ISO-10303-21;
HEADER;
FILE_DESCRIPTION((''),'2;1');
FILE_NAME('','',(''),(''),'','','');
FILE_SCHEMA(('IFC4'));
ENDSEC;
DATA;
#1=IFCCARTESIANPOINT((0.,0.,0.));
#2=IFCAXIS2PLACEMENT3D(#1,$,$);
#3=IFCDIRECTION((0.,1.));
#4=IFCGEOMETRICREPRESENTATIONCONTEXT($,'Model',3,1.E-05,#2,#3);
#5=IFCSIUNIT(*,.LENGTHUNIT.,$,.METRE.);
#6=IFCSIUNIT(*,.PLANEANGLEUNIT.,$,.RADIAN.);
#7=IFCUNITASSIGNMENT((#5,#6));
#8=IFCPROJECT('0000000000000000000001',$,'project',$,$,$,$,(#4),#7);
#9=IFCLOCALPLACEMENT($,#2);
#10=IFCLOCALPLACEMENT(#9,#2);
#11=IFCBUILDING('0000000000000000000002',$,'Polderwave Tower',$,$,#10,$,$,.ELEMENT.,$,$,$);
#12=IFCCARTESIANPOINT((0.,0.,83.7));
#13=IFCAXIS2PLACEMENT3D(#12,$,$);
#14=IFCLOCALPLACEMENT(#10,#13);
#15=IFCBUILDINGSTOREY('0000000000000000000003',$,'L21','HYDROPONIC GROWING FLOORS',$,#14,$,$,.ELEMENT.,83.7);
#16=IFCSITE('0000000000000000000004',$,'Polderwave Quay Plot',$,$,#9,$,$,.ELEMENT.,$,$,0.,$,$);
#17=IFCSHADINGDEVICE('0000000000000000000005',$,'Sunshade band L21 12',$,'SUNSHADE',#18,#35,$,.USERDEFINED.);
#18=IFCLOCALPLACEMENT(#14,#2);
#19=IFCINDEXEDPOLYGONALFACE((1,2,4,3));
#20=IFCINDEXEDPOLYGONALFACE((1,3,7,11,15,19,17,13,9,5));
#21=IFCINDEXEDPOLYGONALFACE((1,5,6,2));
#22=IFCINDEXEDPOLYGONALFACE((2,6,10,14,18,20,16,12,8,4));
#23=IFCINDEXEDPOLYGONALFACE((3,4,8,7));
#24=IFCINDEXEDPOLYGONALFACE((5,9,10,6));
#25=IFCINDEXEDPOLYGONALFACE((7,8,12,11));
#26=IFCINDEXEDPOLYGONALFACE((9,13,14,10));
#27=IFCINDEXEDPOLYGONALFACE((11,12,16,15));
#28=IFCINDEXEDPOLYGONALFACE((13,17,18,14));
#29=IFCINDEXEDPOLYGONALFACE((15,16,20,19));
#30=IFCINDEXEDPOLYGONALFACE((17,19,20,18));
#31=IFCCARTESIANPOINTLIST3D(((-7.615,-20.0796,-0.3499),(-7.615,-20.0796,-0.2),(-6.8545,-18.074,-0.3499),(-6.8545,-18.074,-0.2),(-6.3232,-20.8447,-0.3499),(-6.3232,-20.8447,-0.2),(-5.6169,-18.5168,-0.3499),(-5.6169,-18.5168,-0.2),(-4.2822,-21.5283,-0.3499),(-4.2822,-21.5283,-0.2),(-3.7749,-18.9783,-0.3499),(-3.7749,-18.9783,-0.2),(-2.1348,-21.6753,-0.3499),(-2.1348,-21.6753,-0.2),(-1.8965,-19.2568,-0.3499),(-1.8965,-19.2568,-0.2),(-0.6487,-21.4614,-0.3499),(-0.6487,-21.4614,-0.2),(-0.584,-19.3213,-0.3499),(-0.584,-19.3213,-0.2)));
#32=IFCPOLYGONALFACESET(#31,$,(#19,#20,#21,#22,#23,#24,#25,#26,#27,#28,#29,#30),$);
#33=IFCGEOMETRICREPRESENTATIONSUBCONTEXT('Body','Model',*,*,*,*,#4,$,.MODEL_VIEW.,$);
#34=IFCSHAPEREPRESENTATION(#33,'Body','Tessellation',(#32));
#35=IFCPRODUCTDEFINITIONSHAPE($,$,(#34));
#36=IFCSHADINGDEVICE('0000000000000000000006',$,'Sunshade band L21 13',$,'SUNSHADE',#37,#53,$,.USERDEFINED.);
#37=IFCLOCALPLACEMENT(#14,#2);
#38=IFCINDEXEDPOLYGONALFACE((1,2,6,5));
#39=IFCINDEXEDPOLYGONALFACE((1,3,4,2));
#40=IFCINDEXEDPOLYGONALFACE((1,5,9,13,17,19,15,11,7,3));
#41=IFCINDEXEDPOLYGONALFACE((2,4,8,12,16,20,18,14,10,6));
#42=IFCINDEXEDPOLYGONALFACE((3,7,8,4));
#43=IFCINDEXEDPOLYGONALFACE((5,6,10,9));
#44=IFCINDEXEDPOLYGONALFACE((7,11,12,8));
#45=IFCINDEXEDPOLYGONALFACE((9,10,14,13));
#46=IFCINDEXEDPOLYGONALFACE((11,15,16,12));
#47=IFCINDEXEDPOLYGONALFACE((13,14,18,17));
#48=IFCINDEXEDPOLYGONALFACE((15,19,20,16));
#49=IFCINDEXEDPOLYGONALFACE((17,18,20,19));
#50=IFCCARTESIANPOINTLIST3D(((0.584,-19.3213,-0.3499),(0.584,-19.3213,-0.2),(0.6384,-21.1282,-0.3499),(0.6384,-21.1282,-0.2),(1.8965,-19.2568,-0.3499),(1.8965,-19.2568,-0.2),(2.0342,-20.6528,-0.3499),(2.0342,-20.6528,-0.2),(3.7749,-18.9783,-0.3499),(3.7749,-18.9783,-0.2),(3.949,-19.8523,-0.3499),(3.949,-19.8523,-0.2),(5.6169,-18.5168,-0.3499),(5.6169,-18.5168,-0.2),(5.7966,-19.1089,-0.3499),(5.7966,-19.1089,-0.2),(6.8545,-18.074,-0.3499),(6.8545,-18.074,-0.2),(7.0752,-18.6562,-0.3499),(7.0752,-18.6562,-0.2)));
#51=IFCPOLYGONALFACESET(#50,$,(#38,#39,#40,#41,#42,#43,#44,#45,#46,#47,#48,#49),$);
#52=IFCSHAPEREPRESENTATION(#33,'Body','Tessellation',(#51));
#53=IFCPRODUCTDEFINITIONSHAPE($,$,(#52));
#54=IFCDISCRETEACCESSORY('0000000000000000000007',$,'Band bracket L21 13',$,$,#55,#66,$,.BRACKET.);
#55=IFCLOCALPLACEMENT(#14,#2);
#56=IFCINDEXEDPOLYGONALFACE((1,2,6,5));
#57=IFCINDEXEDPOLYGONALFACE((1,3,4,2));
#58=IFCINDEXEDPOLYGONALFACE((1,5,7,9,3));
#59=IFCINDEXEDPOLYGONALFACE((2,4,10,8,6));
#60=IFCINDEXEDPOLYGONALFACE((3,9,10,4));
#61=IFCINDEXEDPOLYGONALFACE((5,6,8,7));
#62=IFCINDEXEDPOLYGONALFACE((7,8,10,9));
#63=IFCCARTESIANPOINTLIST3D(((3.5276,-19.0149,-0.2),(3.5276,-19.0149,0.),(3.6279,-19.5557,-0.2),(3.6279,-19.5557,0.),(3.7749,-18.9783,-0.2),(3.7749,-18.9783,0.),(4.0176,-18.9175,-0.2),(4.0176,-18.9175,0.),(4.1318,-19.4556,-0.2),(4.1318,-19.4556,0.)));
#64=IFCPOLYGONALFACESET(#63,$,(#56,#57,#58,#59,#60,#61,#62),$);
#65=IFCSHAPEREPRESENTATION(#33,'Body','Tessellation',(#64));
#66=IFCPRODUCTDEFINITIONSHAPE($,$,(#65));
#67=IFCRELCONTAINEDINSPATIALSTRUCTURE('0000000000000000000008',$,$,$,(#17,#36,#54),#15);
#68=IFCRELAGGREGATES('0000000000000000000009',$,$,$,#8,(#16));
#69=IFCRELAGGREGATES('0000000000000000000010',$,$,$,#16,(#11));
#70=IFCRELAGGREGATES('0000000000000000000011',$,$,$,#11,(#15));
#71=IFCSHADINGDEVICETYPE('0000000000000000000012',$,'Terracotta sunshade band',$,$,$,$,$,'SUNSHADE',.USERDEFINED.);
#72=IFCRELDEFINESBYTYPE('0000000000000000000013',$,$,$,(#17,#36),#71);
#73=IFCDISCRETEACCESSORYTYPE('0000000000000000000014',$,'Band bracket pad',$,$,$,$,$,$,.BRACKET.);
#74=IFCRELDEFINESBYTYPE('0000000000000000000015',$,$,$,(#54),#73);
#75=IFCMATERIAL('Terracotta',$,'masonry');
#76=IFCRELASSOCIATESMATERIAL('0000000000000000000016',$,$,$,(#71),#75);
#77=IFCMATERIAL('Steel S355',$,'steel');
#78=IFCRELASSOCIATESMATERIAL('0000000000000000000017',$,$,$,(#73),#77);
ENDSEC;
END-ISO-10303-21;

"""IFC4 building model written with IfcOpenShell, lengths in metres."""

from ifc_helpers import new_model, si_unit, direction, frame, origin, place, context, subcontext, project, spatial, polyline, outline, extrude, material, type_object, element, save


model = new_model("IFC4")

# Units and contexts
model_context = context("Model", 3, precision=1e-05, world=origin(), true_north=direction((0.0, 1.0)))
body_context = subcontext(model_context, "Body", "Model", "MODEL_VIEW")
ifc_project = project(units=[si_unit("LENGTHUNIT", "METRE"), si_unit("PLANEANGLEUNIT", "RADIAN")], contexts=[model_context])

# Site, building, storey
site_placement = place(None, origin())
site = spatial("IfcSite", under=ifc_project, at=site_placement, Name="Polderwave Quay Plot", CompositionType="ELEMENT", RefElevation=0.0)
building_placement = place(site_placement, origin())
building = spatial("IfcBuilding", under=site, at=building_placement, Name="Polderwave Tower", CompositionType="ELEMENT")
storey_placement = place(building_placement, frame((0.0, 0.0, 83.7)))
storey = spatial("IfcBuildingStorey", under=building, at=storey_placement, Name="L21", Description="HYDROPONIC GROWING FLOORS", CompositionType="ELEMENT", Elevation=83.7)

# Shading devices
ifc_material_1 = material(Name="Terracotta", Category="masonry")
shading_device_type = type_object("IfcShadingDeviceType", Name="Terracotta sunshade band", ElementType="SUNSHADE", PredefinedType="USERDEFINED", material=ifc_material_1)
shading_device_1_placement = place(storey_placement, frame((0.0, 0.0, -0.3499)))
element("IfcShadingDevice", 1, at=shading_device_1_placement, inside=storey, type_object=shading_device_type, Name="Sunshade band L21 12", ObjectType="SUNSHADE", PredefinedType="USERDEFINED", context=body_context, shape_type="SweptSolid", body=[
    extrude(outline(polyline([(-6.8545, -18.074), (-5.6169, -18.5168), (-3.7749, -18.9783), (-1.8965, -19.2568), (-0.584, -19.3213), (-0.6487, -21.4614), (-2.1348, -21.6753), (-4.2822, -21.5283), (-6.3232, -20.8447), (-7.615, -20.0796), (-6.8545, -18.074)])), origin(), (0.0, 0.0, 1.0), 0.1499),
])
shading_device_2_placement = place(storey_placement, frame((0.0, 0.0, -0.3499)))
element("IfcShadingDevice", 2, at=shading_device_2_placement, inside=storey, type_object=shading_device_type, Name="Sunshade band L21 13", ObjectType="SUNSHADE", PredefinedType="USERDEFINED", context=body_context, shape_type="SweptSolid", body=[
    extrude(outline(polyline([(0.584, -19.3213), (1.8965, -19.2568), (3.7749, -18.9783), (5.6169, -18.5168), (6.8545, -18.074), (7.0752, -18.6562), (5.7966, -19.1089), (3.949, -19.8523), (2.0342, -20.6528), (0.6384, -21.1282), (0.584, -19.3213)])), origin(), (0.0, 0.0, 1.0), 0.1499),
])

# Discrete accessory
ifc_material_2 = material(Name="Steel S355", Category="steel")
discrete_accessory_type = type_object("IfcDiscreteAccessoryType", Name="Band bracket pad", PredefinedType="BRACKET", material=ifc_material_2)
discrete_accessory_placement = place(storey_placement, frame((0.0, 0.0, -0.2)))
element("IfcDiscreteAccessory", 3, at=discrete_accessory_placement, inside=storey, type_object=discrete_accessory_type, Name="Band bracket L21 13", PredefinedType="BRACKET", context=body_context, shape_type="SweptSolid", body=[
    extrude(outline(polyline([(3.5276, -19.0149), (3.7749, -18.9783), (4.0176, -18.9175), (4.1318, -19.4556), (3.6279, -19.5557), (3.5276, -19.0149)])), origin(), (0.0, 0.0, 1.0), 0.2),
])

save(model, "model.ifc")
